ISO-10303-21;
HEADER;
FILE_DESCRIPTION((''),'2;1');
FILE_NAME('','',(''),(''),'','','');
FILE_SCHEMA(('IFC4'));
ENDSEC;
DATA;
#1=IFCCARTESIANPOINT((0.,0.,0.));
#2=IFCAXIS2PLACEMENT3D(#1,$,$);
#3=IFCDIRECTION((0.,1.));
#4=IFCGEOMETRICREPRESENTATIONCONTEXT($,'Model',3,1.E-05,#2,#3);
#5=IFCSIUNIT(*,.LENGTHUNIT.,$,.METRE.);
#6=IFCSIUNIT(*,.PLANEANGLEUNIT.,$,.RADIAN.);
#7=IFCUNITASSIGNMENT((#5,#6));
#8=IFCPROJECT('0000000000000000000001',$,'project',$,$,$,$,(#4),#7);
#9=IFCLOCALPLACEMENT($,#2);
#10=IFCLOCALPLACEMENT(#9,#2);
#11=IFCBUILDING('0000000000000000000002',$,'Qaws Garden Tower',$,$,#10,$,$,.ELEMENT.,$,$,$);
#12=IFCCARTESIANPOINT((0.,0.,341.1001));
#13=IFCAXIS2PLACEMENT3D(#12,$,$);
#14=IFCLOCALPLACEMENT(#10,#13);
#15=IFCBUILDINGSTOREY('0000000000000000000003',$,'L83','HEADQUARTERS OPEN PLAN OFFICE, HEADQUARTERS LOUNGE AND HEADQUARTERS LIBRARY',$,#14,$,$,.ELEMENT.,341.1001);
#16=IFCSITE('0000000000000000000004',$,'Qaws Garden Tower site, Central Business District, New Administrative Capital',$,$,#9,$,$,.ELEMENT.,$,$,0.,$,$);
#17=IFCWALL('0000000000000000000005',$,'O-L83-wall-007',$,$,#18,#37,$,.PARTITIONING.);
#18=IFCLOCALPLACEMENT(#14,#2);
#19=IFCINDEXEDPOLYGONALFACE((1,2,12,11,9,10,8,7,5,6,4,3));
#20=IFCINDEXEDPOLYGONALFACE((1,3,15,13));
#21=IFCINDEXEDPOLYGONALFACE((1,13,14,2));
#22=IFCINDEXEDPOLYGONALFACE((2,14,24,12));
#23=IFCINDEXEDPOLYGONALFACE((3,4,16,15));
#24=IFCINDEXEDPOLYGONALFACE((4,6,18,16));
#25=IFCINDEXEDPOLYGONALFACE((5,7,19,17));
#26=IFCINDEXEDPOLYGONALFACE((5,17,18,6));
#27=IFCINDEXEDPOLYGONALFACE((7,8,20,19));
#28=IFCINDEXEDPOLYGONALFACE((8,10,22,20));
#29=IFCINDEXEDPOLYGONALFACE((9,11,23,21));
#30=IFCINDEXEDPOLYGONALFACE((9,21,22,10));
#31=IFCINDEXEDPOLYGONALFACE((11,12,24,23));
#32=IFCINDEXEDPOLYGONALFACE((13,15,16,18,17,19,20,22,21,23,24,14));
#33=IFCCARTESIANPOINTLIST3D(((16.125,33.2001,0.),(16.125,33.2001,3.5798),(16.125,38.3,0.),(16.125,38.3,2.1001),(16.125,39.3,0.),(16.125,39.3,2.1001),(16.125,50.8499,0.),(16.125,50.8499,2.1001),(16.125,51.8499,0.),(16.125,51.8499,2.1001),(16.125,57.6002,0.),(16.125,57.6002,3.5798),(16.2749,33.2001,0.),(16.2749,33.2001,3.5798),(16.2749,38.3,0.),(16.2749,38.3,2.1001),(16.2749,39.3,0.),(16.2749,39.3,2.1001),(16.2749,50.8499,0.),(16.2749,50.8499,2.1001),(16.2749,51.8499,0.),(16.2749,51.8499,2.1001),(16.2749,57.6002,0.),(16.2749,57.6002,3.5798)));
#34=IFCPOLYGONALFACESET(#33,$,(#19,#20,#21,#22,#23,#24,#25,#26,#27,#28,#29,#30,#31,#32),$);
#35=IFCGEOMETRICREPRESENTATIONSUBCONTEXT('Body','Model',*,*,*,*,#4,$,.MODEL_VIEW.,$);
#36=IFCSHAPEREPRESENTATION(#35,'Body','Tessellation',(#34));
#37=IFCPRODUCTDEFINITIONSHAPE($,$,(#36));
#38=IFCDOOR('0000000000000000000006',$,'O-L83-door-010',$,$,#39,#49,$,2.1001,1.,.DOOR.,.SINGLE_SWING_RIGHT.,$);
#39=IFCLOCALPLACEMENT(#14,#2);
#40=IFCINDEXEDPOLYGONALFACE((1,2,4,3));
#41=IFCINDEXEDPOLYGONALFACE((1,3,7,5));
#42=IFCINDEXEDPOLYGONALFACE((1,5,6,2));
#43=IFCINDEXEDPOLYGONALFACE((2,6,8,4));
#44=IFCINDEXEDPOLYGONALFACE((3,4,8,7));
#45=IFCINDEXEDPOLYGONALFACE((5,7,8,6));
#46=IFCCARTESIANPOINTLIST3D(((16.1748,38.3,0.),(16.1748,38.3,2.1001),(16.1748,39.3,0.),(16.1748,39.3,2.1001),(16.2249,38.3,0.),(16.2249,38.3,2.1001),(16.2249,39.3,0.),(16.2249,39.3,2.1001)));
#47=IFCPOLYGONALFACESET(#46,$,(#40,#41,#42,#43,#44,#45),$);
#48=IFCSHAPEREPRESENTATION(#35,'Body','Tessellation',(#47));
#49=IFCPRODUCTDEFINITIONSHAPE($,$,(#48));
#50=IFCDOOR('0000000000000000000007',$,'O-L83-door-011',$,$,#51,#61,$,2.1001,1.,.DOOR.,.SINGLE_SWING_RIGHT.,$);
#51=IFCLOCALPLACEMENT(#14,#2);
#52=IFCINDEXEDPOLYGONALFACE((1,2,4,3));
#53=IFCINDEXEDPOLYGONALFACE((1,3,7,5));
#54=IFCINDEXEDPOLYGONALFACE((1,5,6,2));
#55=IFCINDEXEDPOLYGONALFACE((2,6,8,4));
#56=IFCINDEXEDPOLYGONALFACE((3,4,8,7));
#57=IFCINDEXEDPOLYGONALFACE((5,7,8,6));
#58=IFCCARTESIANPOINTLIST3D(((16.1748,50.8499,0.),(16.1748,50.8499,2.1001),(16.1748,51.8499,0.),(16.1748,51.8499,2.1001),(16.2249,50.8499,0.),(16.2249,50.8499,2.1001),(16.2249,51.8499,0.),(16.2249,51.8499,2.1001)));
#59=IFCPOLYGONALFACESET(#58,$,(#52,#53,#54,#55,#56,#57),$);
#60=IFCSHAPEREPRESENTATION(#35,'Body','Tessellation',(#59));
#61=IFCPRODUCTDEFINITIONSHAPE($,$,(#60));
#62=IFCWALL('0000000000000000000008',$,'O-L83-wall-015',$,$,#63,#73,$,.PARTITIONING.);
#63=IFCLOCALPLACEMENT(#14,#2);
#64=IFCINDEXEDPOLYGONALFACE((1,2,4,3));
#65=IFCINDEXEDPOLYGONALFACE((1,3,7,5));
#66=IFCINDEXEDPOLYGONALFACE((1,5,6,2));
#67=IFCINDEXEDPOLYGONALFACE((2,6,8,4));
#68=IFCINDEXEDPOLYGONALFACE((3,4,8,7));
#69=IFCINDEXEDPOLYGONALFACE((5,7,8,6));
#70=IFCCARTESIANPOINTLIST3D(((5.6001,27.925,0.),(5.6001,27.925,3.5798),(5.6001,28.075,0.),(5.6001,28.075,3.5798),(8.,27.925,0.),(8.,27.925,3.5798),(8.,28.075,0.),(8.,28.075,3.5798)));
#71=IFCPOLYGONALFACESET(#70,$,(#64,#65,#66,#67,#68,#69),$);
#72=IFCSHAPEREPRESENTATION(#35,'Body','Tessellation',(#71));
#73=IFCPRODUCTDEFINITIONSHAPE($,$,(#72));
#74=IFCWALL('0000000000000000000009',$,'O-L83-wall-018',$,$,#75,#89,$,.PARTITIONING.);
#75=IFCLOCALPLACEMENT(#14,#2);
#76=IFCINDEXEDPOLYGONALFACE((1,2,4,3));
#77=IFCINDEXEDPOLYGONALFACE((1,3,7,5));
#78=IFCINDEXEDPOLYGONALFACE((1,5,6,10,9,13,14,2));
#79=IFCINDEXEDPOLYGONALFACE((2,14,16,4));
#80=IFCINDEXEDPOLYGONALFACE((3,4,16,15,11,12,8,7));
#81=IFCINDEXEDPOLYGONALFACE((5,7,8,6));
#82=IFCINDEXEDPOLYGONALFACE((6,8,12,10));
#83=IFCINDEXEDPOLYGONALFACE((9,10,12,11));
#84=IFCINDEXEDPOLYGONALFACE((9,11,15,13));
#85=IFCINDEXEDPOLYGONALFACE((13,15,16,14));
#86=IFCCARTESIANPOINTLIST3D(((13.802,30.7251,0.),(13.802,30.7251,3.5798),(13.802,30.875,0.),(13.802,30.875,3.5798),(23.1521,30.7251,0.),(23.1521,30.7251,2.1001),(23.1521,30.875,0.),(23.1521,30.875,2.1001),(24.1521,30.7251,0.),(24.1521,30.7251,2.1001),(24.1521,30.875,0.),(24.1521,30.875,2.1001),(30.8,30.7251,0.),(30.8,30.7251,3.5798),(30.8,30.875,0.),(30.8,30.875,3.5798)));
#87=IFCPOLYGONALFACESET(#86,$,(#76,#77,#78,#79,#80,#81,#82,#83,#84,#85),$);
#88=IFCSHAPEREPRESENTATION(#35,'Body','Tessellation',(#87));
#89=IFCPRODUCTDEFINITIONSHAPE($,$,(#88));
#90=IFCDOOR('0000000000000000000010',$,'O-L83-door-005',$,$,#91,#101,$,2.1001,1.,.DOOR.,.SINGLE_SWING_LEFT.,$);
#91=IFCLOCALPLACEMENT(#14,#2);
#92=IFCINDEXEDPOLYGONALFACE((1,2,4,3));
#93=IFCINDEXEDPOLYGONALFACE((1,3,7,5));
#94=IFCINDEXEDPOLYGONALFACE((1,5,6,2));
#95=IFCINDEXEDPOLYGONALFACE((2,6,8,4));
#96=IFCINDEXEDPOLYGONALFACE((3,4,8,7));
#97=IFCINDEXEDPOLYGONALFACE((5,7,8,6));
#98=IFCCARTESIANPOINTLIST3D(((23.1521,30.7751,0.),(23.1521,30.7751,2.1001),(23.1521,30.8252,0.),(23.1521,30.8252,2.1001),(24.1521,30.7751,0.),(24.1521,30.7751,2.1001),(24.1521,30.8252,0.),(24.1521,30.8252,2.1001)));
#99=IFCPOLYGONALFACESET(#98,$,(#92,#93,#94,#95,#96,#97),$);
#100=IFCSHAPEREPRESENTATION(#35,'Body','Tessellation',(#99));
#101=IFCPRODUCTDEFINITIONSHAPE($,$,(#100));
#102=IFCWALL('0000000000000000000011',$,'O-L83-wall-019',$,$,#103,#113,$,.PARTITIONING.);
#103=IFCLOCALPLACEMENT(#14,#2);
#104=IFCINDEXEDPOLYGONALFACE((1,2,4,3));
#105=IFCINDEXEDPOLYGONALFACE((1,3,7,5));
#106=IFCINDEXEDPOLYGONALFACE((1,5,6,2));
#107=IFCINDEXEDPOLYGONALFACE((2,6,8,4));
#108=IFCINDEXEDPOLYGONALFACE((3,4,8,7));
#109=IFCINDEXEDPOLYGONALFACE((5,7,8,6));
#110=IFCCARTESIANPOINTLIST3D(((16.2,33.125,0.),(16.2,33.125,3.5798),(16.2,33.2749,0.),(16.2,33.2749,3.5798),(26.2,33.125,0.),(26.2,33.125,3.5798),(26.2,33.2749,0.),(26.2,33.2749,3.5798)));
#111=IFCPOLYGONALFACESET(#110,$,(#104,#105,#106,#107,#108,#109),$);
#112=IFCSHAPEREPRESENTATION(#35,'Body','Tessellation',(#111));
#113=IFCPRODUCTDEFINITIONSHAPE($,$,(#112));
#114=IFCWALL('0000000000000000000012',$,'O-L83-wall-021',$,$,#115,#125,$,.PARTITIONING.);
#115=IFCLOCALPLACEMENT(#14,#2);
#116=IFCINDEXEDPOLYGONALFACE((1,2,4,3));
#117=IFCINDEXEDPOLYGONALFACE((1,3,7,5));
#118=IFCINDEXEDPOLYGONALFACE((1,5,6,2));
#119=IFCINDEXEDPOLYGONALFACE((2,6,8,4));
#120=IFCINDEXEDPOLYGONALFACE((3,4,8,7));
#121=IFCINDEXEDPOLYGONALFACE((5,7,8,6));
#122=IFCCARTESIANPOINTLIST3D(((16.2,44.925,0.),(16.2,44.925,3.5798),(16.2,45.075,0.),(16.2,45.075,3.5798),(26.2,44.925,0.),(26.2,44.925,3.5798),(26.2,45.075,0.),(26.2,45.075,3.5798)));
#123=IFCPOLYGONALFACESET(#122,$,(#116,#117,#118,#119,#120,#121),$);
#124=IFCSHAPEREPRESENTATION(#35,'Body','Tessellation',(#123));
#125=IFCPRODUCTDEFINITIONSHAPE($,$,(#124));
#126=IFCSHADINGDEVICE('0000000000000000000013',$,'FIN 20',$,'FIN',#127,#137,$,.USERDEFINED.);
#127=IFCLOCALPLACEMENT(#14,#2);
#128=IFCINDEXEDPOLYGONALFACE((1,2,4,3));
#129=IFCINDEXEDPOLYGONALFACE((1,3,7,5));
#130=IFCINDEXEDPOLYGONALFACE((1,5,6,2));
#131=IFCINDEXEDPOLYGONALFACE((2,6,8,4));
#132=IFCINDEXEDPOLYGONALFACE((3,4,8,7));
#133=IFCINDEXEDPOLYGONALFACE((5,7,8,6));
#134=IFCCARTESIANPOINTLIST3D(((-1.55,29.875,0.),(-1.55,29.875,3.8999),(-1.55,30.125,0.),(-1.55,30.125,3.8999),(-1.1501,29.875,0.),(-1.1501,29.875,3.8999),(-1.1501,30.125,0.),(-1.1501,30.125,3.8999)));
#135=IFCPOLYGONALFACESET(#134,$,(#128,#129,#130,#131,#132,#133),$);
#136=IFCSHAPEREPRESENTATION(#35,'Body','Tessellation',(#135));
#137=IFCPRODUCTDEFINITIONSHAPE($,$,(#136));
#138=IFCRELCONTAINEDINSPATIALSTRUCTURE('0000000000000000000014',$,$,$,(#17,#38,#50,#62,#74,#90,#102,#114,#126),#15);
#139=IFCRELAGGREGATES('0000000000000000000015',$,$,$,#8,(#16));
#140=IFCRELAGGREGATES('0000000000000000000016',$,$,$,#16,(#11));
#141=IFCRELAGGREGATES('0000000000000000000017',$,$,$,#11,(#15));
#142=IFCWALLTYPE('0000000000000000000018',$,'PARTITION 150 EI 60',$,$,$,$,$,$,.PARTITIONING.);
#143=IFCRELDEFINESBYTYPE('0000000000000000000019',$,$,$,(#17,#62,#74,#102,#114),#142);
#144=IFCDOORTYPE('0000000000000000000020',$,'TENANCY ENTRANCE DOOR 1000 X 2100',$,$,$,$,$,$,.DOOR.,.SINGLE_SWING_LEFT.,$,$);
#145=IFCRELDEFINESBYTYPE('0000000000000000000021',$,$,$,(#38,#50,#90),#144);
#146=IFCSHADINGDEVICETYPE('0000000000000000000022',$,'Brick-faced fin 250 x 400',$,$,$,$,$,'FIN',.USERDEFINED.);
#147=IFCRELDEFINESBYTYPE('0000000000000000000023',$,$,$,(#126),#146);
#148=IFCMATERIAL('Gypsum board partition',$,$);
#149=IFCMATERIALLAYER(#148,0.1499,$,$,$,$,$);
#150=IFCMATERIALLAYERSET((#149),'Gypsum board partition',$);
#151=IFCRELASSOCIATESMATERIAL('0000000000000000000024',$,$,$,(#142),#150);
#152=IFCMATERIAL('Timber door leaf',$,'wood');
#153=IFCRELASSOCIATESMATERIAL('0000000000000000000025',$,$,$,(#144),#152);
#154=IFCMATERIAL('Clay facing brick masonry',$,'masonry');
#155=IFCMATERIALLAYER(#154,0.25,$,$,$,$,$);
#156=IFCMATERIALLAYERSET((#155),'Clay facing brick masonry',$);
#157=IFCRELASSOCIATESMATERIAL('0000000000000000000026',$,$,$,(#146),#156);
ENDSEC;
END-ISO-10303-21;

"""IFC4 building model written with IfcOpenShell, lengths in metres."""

from ifc_helpers import new_model, si_unit, direction, frame, frame_2d, origin, origin_2d, place, context, subcontext, project, spatial, rectangle, extrude, material, layer, layer_set, type_object, element, fill, save


model = new_model("IFC4")

# Units and contexts
model_context = context("Model", 3, precision=1e-05, world=origin(), true_north=direction((0.0, 1.0)))
body_context = subcontext(model_context, "Body", "Model", "MODEL_VIEW")
ifc_project = project(units=[si_unit("LENGTHUNIT", "METRE"), si_unit("PLANEANGLEUNIT", "RADIAN")], contexts=[model_context])

# Site, building, storey
site_placement = place(None, origin())
site = spatial("IfcSite", under=ifc_project, at=site_placement, Name="Qaws Garden Tower site, Central Business District, New Administrative Capital", CompositionType="ELEMENT", RefElevation=0.0)
building_placement = place(site_placement, origin())
building = spatial("IfcBuilding", under=site, at=building_placement, Name="Qaws Garden Tower", CompositionType="ELEMENT")
storey_placement = place(building_placement, frame((0.0, 0.0, 341.1001)))
storey = spatial("IfcBuildingStorey", under=building, at=storey_placement, Name="L83", Description="HEADQUARTERS OPEN PLAN OFFICE, HEADQUARTERS LOUNGE AND HEADQUARTERS LIBRARY", CompositionType="ELEMENT", Elevation=341.1001)

# Shared definitions
ifc_material_1 = material(Name="Gypsum board partition")
ifc_layer_1 = layer(ifc_material_1, 0.1499)
ifc_layer_set_1 = layer_set([ifc_layer_1], Name="Gypsum board partition")
wall_type_1 = type_object("IfcWallType", Name="PARTITION 150 EI 60", PredefinedType="PARTITIONING", material=ifc_layer_set_1)

# Wall, openings, doors
wall_1_placement = place(storey_placement, frame((16.2, 33.2, 0.0), z_axis=(0.0, 0.0, 1.0), x_axis=(0.0, 1.0, 0.0)))
wall_1 = element("IfcWall", 1, at=wall_1_placement, inside=storey, type_object=wall_type_1, Name="O-L83-wall-007", PredefinedType="PARTITIONING", context=body_context, shape_type="SweptSolid", body=[
    extrude(rectangle(XDim=24.4001, YDim=0.1499, at=frame_2d((12.2002, 0.0))), origin(), (0.0, 0.0, 1.0), 3.5798),
])
opening_1_placement = place(wall_1_placement, frame((5.1001, 0.0, 0.0)))
opening_1 = element("IfcOpeningElement", 2, at=opening_1_placement, cuts=wall_1, PredefinedType="OPENING", context=body_context, shape_type="SweptSolid", body=[
    extrude(rectangle(XDim=1.0, YDim=2.1001, at=frame_2d((0.5, 1.05))), frame((0.0, 0.085, 0.0), z_axis=(0.0, -1.0, 0.0), x_axis=(1.0, 0.0, 0.0)), (0.0, 0.0, 1.0), 0.1699),
])
opening_2_placement = place(wall_1_placement, frame((17.6499, 0.0, 0.0)))
opening_2 = element("IfcOpeningElement", 3, at=opening_2_placement, cuts=wall_1, PredefinedType="OPENING", context=body_context, shape_type="SweptSolid", body=[
    extrude(rectangle(XDim=1.0, YDim=2.1001, at=frame_2d((0.5, 1.05))), frame((0.0, 0.085, 0.0), z_axis=(0.0, -1.0, 0.0), x_axis=(1.0, 0.0, 0.0)), (0.0, 0.0, 1.0), 0.1699),
])
ifc_material_2 = material(Name="Timber door leaf", Category="wood")
door_type_1 = type_object("IfcDoorType", Name="TENANCY ENTRANCE DOOR 1000 X 2100", OperationType="SINGLE_SWING_LEFT", PredefinedType="DOOR", material=ifc_material_2)
door_1_placement = place(opening_1_placement, frame((1.0, 0.0, 0.0), z_axis=(0.0, 0.0, 1.0), x_axis=(-1.0, 0.0, 0.0)))
door_1 = element("IfcDoor", 4, at=door_1_placement, inside=storey, type_object=door_type_1, Name="O-L83-door-010", OperationType="SINGLE_SWING_RIGHT", OverallHeight=2.1001, OverallWidth=1.0, PredefinedType="DOOR", context=body_context, shape_type="SweptSolid", body=[
    extrude(rectangle(XDim=1.0, YDim=2.1001, at=frame_2d((0.5, 1.05))), frame((0.0, 0.0249, 0.0), z_axis=(0.0, -1.0, 0.0), x_axis=(1.0, 0.0, 0.0)), (0.0, 0.0, 1.0), 0.05),
])
fill(opening_1, door_1)
door_2_placement = place(opening_2_placement, frame((1.0, 0.0, 0.0), z_axis=(0.0, 0.0, 1.0), x_axis=(-1.0, 0.0, 0.0)))
door_2 = element("IfcDoor", 5, at=door_2_placement, inside=storey, type_object=door_type_1, Name="O-L83-door-011", OperationType="SINGLE_SWING_RIGHT", OverallHeight=2.1001, OverallWidth=1.0, PredefinedType="DOOR", context=body_context, shape_type="SweptSolid", body=[
    extrude(rectangle(XDim=1.0, YDim=2.1001, at=frame_2d((0.5, 1.05))), frame((0.0, 0.0249, 0.0), z_axis=(0.0, -1.0, 0.0), x_axis=(1.0, 0.0, 0.0)), (0.0, 0.0, 1.0), 0.05),
])
fill(opening_2, door_2)

# Wall
wall_2_placement = place(storey_placement, frame((5.6001, 28.0, 0.0), z_axis=(0.0, 0.0, 1.0), x_axis=(1.0, 0.0, 0.0)))
element("IfcWall", 6, at=wall_2_placement, inside=storey, type_object=wall_type_1, Name="O-L83-wall-015", PredefinedType="PARTITIONING", context=body_context, shape_type="SweptSolid", body=[
    extrude(rectangle(XDim=2.3999, YDim=0.1499, at=frame_2d((1.2, 0.0))), origin(), (0.0, 0.0, 1.0), 3.5798),
])

# Wall, opening, door
wall_3_placement = place(storey_placement, frame((13.802, 30.8, 0.0), z_axis=(0.0, 0.0, 1.0), x_axis=(1.0, 0.0, 0.0)))
wall_3 = element("IfcWall", 7, at=wall_3_placement, inside=storey, type_object=wall_type_1, Name="O-L83-wall-018", PredefinedType="PARTITIONING", context=body_context, shape_type="SweptSolid", body=[
    extrude(rectangle(XDim=16.998, YDim=0.1499, at=frame_2d((8.499, 0.0))), origin(), (0.0, 0.0, 1.0), 3.5798),
])
opening_3_placement = place(wall_3_placement, frame((9.3501, 0.0, 0.0)))
opening_3 = element("IfcOpeningElement", 8, at=opening_3_placement, cuts=wall_3, PredefinedType="OPENING", context=body_context, shape_type="SweptSolid", body=[
    extrude(rectangle(XDim=1.0, YDim=2.1001, at=frame_2d((0.5, 1.05))), frame((0.0, 0.085, 0.0), z_axis=(0.0, -1.0, 0.0), x_axis=(1.0, 0.0, 0.0)), (0.0, 0.0, 1.0), 0.1699),
])
door_3_placement = place(opening_3_placement, frame((1.0, 0.0, 0.0), z_axis=(0.0, 0.0, 1.0), x_axis=(-1.0, 0.0, 0.0)))
door_3 = element("IfcDoor", 9, at=door_3_placement, inside=storey, type_object=door_type_1, Name="O-L83-door-005", OperationType="SINGLE_SWING_LEFT", OverallHeight=2.1001, OverallWidth=1.0, PredefinedType="DOOR", context=body_context, shape_type="SweptSolid", body=[
    extrude(rectangle(XDim=1.0, YDim=2.1001, at=frame_2d((0.5, 1.05))), frame((0.0, 0.0249, 0.0), z_axis=(0.0, -1.0, 0.0), x_axis=(1.0, 0.0, 0.0)), (0.0, 0.0, 1.0), 0.05),
])
fill(opening_3, door_3)

# Walls
for number, where, z_axis, x_axis, name in (
    (10, (16.2, 33.2, 0.0), (0.0, 0.0, 1.0), (1.0, 0.0, 0.0), "O-L83-wall-019"),
    (11, (16.2, 45.0, 0.0), (0.0, 0.0, 1.0), (1.0, 0.0, 0.0), "O-L83-wall-021"),
):
    element("IfcWall", number, at=place(storey_placement, frame(where, z_axis=z_axis, x_axis=x_axis)), inside=storey, type_object=wall_type_1, Name=name, PredefinedType="PARTITIONING", context=body_context, shape_type="SweptSolid", body=[
        extrude(rectangle(XDim=10.0, YDim=0.1499, at=frame_2d((5.0, 0.0))), origin(), (0.0, 0.0, 1.0), 3.5798),
    ])

# Shading device
ifc_material_3 = material(Name="Clay facing brick masonry", Category="masonry")
ifc_layer_2 = layer(ifc_material_3, 0.25)
ifc_layer_set_2 = layer_set([ifc_layer_2], Name="Clay facing brick masonry")
shading_device_type = type_object("IfcShadingDeviceType", Name="Brick-faced fin 250 x 400", ElementType="FIN", PredefinedType="USERDEFINED", material=ifc_layer_set_2)
shading_device_placement = place(storey_placement, frame((-1.3501, 30.0, 0.0), z_axis=(0.0, 0.0, 1.0), x_axis=(0.0, -1.0, 0.0)))
element("IfcShadingDevice", 12, at=shading_device_placement, inside=storey, type_object=shading_device_type, Name="FIN 20", ObjectType="FIN", PredefinedType="USERDEFINED", context=body_context, shape_type="SweptSolid", body=[
    extrude(rectangle(XDim=0.25, YDim=0.3999, at=origin_2d()), origin(), (0.0, 0.0, 1.0), 3.8999),
])

save(model, "model.ifc")
